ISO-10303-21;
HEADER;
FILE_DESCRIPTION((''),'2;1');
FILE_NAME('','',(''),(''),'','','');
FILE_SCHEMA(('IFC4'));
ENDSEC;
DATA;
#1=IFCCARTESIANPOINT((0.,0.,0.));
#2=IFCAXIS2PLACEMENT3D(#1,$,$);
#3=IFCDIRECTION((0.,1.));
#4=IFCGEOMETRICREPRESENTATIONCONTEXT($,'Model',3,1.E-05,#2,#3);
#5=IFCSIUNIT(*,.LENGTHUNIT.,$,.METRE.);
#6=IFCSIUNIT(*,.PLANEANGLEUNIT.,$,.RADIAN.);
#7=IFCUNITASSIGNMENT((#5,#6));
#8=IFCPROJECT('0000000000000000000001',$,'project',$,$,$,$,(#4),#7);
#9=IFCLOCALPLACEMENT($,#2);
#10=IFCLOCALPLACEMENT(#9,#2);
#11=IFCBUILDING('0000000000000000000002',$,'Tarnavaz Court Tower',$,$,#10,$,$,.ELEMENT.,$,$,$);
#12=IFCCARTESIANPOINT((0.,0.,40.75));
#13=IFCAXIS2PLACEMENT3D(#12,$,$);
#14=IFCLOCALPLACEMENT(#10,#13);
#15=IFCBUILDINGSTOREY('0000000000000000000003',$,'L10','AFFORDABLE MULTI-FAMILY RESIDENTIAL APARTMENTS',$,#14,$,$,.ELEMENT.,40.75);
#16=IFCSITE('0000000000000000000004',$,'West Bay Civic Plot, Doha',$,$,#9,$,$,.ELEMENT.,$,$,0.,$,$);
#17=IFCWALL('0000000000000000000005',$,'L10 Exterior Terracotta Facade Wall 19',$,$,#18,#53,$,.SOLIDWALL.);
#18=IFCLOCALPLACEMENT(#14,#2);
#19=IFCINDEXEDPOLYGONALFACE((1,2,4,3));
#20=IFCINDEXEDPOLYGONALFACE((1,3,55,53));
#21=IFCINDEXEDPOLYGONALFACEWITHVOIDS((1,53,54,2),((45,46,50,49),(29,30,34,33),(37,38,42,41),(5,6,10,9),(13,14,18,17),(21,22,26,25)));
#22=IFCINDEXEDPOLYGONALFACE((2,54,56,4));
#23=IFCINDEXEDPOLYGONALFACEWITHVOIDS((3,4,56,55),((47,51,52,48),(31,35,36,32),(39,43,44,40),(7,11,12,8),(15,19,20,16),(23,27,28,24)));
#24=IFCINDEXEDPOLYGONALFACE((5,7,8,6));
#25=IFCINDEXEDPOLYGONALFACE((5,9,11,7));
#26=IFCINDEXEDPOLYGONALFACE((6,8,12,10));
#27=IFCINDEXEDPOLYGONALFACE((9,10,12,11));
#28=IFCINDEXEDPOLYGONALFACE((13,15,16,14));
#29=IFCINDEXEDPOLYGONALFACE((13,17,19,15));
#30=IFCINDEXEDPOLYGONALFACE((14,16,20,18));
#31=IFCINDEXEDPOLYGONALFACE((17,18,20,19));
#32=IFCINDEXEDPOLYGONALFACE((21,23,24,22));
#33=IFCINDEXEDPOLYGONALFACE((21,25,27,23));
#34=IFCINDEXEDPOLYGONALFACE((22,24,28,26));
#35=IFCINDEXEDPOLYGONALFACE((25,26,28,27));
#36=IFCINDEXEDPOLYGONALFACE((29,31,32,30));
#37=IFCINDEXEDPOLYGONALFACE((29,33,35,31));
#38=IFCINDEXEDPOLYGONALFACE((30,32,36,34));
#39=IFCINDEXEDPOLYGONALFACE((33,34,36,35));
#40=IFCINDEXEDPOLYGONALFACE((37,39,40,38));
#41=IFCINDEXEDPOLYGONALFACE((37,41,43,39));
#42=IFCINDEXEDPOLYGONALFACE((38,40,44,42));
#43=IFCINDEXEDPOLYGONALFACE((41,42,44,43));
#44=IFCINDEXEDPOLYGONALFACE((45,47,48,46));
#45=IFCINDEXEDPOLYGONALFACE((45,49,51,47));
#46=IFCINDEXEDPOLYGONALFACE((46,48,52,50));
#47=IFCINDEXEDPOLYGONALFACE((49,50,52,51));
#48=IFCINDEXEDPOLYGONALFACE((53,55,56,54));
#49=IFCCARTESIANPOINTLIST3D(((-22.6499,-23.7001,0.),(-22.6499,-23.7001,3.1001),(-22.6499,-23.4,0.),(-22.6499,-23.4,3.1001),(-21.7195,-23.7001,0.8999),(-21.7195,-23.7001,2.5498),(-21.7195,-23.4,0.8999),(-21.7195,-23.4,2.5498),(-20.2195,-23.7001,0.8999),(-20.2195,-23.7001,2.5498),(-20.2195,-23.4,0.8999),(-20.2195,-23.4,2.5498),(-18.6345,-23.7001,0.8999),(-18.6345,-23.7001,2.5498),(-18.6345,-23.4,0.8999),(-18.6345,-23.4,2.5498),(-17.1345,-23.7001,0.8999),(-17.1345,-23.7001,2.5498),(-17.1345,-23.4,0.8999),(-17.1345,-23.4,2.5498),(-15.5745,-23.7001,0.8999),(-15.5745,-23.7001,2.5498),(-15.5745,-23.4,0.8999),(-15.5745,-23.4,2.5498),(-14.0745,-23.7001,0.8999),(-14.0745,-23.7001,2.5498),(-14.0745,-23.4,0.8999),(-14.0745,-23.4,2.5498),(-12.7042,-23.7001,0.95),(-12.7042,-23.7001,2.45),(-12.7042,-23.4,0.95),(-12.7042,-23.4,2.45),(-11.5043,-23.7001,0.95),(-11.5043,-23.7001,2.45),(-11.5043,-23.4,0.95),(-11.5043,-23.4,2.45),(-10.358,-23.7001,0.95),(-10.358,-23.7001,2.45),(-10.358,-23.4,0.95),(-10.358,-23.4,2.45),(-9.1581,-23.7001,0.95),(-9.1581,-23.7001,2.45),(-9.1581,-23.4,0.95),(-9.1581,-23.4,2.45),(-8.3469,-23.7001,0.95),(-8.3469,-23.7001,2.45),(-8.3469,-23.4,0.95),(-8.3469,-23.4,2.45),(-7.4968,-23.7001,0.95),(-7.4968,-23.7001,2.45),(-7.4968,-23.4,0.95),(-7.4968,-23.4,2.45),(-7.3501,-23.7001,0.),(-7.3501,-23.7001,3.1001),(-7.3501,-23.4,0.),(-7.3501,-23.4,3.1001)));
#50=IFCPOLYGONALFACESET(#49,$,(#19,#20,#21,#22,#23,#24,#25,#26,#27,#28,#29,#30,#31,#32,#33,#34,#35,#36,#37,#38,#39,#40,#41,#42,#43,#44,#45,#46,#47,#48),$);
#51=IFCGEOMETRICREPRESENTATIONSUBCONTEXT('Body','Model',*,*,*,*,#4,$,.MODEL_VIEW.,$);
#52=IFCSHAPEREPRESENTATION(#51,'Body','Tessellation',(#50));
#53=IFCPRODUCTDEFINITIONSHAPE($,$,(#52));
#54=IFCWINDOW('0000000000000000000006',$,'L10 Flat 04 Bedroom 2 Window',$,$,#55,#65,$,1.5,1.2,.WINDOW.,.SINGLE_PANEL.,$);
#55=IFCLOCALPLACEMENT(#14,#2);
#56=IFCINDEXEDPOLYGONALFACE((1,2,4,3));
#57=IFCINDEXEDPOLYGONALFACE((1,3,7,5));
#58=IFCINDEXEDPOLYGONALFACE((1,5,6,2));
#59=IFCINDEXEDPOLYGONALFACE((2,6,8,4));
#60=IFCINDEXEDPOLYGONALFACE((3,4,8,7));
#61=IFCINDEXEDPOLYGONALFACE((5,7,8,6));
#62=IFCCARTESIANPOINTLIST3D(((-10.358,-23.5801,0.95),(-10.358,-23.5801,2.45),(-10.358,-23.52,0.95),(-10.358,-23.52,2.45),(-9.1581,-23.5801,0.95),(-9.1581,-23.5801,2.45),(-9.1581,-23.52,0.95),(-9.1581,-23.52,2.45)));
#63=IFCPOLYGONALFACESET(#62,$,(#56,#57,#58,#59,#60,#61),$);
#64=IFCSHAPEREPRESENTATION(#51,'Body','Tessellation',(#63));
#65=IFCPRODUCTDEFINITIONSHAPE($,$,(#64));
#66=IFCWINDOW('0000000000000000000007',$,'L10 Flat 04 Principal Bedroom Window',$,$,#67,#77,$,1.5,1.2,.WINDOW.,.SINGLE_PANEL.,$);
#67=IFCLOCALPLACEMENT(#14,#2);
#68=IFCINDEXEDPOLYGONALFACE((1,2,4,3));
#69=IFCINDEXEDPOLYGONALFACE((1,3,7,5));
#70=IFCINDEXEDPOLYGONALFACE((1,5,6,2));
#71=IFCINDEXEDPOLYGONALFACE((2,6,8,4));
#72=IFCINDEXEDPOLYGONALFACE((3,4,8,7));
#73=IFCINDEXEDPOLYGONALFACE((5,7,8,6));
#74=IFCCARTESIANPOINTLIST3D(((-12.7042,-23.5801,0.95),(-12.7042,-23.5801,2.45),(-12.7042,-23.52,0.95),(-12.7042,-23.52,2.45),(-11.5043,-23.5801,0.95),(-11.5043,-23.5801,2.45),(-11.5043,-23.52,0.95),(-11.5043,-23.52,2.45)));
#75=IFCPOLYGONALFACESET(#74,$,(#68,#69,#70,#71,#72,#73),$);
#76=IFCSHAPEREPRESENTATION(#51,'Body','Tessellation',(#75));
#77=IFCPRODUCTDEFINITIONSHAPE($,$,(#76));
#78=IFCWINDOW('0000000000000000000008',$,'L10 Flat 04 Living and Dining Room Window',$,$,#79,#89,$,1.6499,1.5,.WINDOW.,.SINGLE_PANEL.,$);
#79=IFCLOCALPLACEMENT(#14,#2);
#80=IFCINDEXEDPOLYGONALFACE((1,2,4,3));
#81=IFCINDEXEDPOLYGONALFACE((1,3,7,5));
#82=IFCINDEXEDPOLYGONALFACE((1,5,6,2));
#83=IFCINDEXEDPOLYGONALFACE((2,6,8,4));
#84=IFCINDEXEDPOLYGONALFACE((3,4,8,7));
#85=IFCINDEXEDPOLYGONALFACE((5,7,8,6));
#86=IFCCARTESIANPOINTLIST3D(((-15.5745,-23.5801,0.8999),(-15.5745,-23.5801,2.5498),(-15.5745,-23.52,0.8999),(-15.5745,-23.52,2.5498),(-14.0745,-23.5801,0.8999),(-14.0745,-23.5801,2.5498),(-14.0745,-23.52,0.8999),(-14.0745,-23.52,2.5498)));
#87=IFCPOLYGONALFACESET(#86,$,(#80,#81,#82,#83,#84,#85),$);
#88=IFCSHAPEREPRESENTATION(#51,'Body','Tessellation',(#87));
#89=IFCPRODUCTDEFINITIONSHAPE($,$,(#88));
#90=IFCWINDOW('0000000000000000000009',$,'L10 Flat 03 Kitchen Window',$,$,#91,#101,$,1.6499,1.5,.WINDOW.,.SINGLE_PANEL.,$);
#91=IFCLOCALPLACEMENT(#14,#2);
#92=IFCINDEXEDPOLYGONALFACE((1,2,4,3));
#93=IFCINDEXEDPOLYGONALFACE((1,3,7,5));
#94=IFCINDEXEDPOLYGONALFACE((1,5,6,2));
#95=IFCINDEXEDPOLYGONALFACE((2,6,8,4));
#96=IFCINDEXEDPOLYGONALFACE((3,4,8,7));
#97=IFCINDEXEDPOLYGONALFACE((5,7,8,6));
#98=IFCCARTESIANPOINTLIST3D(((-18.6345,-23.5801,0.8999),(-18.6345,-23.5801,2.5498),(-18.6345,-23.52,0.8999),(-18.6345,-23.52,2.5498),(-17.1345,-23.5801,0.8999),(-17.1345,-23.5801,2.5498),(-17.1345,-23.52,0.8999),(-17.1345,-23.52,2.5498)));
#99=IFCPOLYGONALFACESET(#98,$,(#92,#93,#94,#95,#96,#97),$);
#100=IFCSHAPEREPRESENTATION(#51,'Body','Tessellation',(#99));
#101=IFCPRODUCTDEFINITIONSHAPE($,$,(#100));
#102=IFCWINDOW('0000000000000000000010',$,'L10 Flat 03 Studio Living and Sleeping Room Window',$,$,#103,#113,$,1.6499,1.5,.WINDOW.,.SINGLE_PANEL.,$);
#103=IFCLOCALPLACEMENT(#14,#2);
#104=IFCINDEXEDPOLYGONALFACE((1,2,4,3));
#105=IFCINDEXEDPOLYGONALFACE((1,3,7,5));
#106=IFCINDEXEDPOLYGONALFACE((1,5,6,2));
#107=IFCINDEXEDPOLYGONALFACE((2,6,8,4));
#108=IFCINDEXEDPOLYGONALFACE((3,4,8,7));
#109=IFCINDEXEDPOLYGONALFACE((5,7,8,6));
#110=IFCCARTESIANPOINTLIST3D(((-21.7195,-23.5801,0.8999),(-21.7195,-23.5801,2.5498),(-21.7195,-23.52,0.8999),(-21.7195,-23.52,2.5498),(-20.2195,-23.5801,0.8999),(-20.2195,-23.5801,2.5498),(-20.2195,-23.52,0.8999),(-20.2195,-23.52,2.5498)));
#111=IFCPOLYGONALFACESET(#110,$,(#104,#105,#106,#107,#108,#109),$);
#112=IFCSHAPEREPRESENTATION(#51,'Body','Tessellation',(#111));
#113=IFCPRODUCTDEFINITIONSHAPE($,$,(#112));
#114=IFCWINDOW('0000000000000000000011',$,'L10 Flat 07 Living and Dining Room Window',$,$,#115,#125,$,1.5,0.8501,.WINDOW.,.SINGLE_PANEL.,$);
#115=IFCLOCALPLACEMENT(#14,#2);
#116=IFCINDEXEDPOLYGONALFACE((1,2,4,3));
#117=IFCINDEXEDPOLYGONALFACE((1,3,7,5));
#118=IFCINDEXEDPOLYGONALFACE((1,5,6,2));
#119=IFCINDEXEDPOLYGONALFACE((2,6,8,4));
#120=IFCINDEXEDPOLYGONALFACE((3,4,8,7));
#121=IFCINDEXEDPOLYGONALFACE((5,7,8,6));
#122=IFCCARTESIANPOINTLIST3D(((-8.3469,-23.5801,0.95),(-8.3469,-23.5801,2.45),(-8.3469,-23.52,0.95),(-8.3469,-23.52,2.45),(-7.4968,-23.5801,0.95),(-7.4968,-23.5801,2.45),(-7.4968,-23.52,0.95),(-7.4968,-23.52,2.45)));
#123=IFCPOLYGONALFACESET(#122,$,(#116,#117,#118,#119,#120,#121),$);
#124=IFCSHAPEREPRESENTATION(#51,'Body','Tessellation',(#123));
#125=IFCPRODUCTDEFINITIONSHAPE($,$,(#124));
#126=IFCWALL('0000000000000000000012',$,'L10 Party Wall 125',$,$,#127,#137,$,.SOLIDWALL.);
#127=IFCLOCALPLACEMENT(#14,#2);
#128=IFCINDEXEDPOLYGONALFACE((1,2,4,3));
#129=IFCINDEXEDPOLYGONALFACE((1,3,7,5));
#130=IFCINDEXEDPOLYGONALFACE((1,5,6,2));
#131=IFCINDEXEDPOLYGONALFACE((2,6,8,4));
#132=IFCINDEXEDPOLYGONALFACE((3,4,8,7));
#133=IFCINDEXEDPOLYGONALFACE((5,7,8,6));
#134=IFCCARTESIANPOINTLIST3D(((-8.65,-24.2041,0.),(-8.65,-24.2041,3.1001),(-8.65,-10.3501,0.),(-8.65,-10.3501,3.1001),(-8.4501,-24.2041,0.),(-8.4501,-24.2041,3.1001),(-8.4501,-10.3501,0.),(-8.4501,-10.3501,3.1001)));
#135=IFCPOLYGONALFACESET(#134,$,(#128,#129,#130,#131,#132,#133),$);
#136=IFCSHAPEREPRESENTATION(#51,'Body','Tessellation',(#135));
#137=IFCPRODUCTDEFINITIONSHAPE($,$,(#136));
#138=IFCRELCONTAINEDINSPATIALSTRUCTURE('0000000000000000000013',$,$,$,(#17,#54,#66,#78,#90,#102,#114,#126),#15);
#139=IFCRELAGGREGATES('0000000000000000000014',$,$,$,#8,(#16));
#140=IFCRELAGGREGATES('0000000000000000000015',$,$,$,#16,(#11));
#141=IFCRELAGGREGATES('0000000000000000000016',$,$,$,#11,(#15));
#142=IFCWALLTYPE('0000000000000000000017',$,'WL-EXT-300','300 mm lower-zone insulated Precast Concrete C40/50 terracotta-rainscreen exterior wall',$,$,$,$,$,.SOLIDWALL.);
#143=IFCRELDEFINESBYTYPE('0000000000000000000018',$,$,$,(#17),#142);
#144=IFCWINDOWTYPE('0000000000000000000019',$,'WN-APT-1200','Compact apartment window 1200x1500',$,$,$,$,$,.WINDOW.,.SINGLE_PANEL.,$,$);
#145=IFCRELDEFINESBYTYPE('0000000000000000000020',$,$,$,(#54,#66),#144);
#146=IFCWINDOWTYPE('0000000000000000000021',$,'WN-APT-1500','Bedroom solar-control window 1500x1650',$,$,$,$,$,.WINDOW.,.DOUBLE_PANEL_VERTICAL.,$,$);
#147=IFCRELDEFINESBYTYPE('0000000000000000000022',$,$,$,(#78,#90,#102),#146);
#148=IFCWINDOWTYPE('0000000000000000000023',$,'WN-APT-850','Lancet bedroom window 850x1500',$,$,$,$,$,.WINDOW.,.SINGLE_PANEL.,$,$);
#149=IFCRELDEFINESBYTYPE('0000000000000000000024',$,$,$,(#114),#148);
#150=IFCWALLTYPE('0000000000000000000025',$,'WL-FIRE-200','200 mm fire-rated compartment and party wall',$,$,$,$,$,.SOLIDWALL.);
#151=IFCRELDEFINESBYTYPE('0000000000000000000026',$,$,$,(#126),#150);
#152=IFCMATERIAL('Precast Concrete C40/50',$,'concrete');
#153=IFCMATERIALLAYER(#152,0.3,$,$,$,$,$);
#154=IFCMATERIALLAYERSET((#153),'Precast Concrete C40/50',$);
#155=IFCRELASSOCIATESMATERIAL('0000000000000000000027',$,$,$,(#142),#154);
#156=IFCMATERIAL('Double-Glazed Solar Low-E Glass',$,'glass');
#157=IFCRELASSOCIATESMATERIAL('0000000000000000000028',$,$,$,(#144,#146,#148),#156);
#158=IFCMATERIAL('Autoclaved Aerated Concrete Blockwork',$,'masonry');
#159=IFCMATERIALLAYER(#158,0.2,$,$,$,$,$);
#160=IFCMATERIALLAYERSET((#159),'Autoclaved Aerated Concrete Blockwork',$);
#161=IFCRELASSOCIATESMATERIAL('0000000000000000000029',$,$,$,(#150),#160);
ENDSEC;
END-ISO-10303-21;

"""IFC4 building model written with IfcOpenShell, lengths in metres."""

from ifc_helpers import new_model, si_unit, direction, frame, frame_2d, origin, place, context, subcontext, project, spatial, rectangle, extrude, material, layer, layer_set, type_object, element, fill, save


model = new_model("IFC4")

# Units and contexts
model_context = context("Model", 3, precision=1e-05, world=origin(), true_north=direction((0.0, 1.0)))
body_context = subcontext(model_context, "Body", "Model", "MODEL_VIEW")
ifc_project = project(units=[si_unit("LENGTHUNIT", "METRE"), si_unit("PLANEANGLEUNIT", "RADIAN")], contexts=[model_context])

# Site, building, storey
site_placement = place(None, origin())
site = spatial("IfcSite", under=ifc_project, at=site_placement, Name="West Bay Civic Plot, Doha", CompositionType="ELEMENT", RefElevation=0.0)
building_placement = place(site_placement, origin())
building = spatial("IfcBuilding", under=site, at=building_placement, Name="Tarnavaz Court Tower", CompositionType="ELEMENT")
storey_placement = place(building_placement, frame((0.0, 0.0, 40.75)))
storey = spatial("IfcBuildingStorey", under=building, at=storey_placement, Name="L10", Description="AFFORDABLE MULTI-FAMILY RESIDENTIAL APARTMENTS", CompositionType="ELEMENT", Elevation=40.75)

# Wall, openings, windows
ifc_material_1 = material(Name="Precast Concrete C40/50", Category="concrete")
ifc_layer_1 = layer(ifc_material_1, 0.3)
ifc_layer_set_1 = layer_set([ifc_layer_1], Name="Precast Concrete C40/50")
wall_type_1 = type_object("IfcWallType", Name="WL-EXT-300", Description="300 mm lower-zone insulated Precast Concrete C40/50 terracotta-rainscreen exterior wall", PredefinedType="SOLIDWALL", material=ifc_layer_set_1)
wall_1_placement = place(storey_placement, frame((-7.3501, -23.55, 0.0), z_axis=(0.0, 0.0, 1.0), x_axis=(-1.0, 0.0, 0.0)))
wall_1 = element("IfcWall", 1, at=wall_1_placement, inside=storey, type_object=wall_type_1, Name="L10 Exterior Terracotta Facade Wall 19", PredefinedType="SOLIDWALL", context=body_context, shape_type="SweptSolid", body=[
    extrude(rectangle(XDim=15.2998, YDim=0.3, at=frame_2d((7.6499, 0.0))), origin(), (0.0, 0.0, 1.0), 3.1001),
])
opening_1_placement = place(wall_1_placement, frame((0.1467, 0.0, 0.95)))
opening_1 = element("IfcOpeningElement", 2, at=opening_1_placement, cuts=wall_1, PredefinedType="OPENING", context=body_context, shape_type="SweptSolid", body=[
    extrude(rectangle(XDim=0.8501, YDim=1.5, at=frame_2d((0.425, 0.75))), frame((0.0, 0.1599, 0.0), z_axis=(0.0, -1.0, 0.0), x_axis=(1.0, 0.0, 0.0)), (0.0, 0.0, 1.0), 0.3201),
])
opening_2_placement = place(wall_1_placement, frame((1.8079, 0.0, 0.95)))
opening_2 = element("IfcOpeningElement", 3, at=opening_2_placement, cuts=wall_1, PredefinedType="OPENING", context=body_context, shape_type="SweptSolid", body=[
    extrude(rectangle(XDim=1.2, YDim=1.5, at=frame_2d((0.6001, 0.75))), frame((0.0, 0.1599, 0.0), z_axis=(0.0, -1.0, 0.0), x_axis=(1.0, 0.0, 0.0)), (0.0, 0.0, 1.0), 0.3201),
])
opening_3_placement = place(wall_1_placement, frame((4.1541, 0.0, 0.95)))
opening_3 = element("IfcOpeningElement", 4, at=opening_3_placement, cuts=wall_1, PredefinedType="OPENING", context=body_context, shape_type="SweptSolid", body=[
    extrude(rectangle(XDim=1.2, YDim=1.5, at=frame_2d((0.6001, 0.75))), frame((0.0, 0.1599, 0.0), z_axis=(0.0, -1.0, 0.0), x_axis=(1.0, 0.0, 0.0)), (0.0, 0.0, 1.0), 0.3201),
])
opening_4_placement = place(wall_1_placement, frame((6.7244, 0.0, 0.8999)))
opening_4 = element("IfcOpeningElement", 5, at=opening_4_placement, cuts=wall_1, PredefinedType="OPENING", context=body_context, shape_type="SweptSolid", body=[
    extrude(rectangle(XDim=1.5, YDim=1.6499, at=frame_2d((0.75, 0.825))), frame((0.0, 0.1599, 0.0), z_axis=(0.0, -1.0, 0.0), x_axis=(1.0, 0.0, 0.0)), (0.0, 0.0, 1.0), 0.3201),
])
opening_5_placement = place(wall_1_placement, frame((9.7844, 0.0, 0.8999)))
opening_5 = element("IfcOpeningElement", 6, at=opening_5_placement, cuts=wall_1, PredefinedType="OPENING", context=body_context, shape_type="SweptSolid", body=[
    extrude(rectangle(XDim=1.5, YDim=1.6499, at=frame_2d((0.75, 0.825))), frame((0.0, 0.1599, 0.0), z_axis=(0.0, -1.0, 0.0), x_axis=(1.0, 0.0, 0.0)), (0.0, 0.0, 1.0), 0.3201),
])
opening_6_placement = place(wall_1_placement, frame((12.8694, 0.0, 0.8999)))
opening_6 = element("IfcOpeningElement", 7, at=opening_6_placement, cuts=wall_1, PredefinedType="OPENING", context=body_context, shape_type="SweptSolid", body=[
    extrude(rectangle(XDim=1.5, YDim=1.6499, at=frame_2d((0.75, 0.825))), frame((0.0, 0.1599, 0.0), z_axis=(0.0, -1.0, 0.0), x_axis=(1.0, 0.0, 0.0)), (0.0, 0.0, 1.0), 0.3201),
])
ifc_material_2 = material(Name="Double-Glazed Solar Low-E Glass", Category="glass")
window_type_1 = type_object("IfcWindowType", Name="WN-APT-1200", Description="Compact apartment window 1200x1500", PartitioningType="SINGLE_PANEL", PredefinedType="WINDOW", material=ifc_material_2)
window_1_placement = place(opening_2_placement, origin())
window_1 = element("IfcWindow", 8, at=window_1_placement, inside=storey, type_object=window_type_1, Name="L10 Flat 04 Bedroom 2 Window", OverallHeight=1.5, OverallWidth=1.2, PartitioningType="SINGLE_PANEL", PredefinedType="WINDOW", context=body_context, shape_type="SweptSolid", body=[
    extrude(rectangle(XDim=1.2, YDim=1.5, at=frame_2d((0.6001, 0.75))), frame((0.0, 0.03, 0.0), z_axis=(0.0, -1.0, 0.0), x_axis=(1.0, 0.0, 0.0)), (0.0, 0.0, 1.0), 0.0601),
])
fill(opening_2, window_1)
window_2_placement = place(opening_3_placement, origin())
window_2 = element("IfcWindow", 9, at=window_2_placement, inside=storey, type_object=window_type_1, Name="L10 Flat 04 Principal Bedroom Window", OverallHeight=1.5, OverallWidth=1.2, PartitioningType="SINGLE_PANEL", PredefinedType="WINDOW", context=body_context, shape_type="SweptSolid", body=[
    extrude(rectangle(XDim=1.2, YDim=1.5, at=frame_2d((0.6001, 0.75))), frame((0.0, 0.03, 0.0), z_axis=(0.0, -1.0, 0.0), x_axis=(1.0, 0.0, 0.0)), (0.0, 0.0, 1.0), 0.0601),
])
fill(opening_3, window_2)
window_type_2 = type_object("IfcWindowType", Name="WN-APT-1500", Description="Bedroom solar-control window 1500x1650", PartitioningType="DOUBLE_PANEL_VERTICAL", PredefinedType="WINDOW", material=ifc_material_2)
window_3_placement = place(opening_4_placement, origin())
window_3 = element("IfcWindow", 10, at=window_3_placement, inside=storey, type_object=window_type_2, Name="L10 Flat 04 Living and Dining Room Window", OverallHeight=1.6499, OverallWidth=1.5, PartitioningType="SINGLE_PANEL", PredefinedType="WINDOW", context=body_context, shape_type="SweptSolid", body=[
    extrude(rectangle(XDim=1.5, YDim=1.6499, at=frame_2d((0.75, 0.825))), frame((0.0, 0.03, 0.0), z_axis=(0.0, -1.0, 0.0), x_axis=(1.0, 0.0, 0.0)), (0.0, 0.0, 1.0), 0.0601),
])
fill(opening_4, window_3)
window_4_placement = place(opening_5_placement, origin())
window_4 = element("IfcWindow", 11, at=window_4_placement, inside=storey, type_object=window_type_2, Name="L10 Flat 03 Kitchen Window", OverallHeight=1.6499, OverallWidth=1.5, PartitioningType="SINGLE_PANEL", PredefinedType="WINDOW", context=body_context, shape_type="SweptSolid", body=[
    extrude(rectangle(XDim=1.5, YDim=1.6499, at=frame_2d((0.75, 0.825))), frame((0.0, 0.03, 0.0), z_axis=(0.0, -1.0, 0.0), x_axis=(1.0, 0.0, 0.0)), (0.0, 0.0, 1.0), 0.0601),
])
fill(opening_5, window_4)
window_5_placement = place(opening_6_placement, origin())
window_5 = element("IfcWindow", 12, at=window_5_placement, inside=storey, type_object=window_type_2, Name="L10 Flat 03 Studio Living and Sleeping Room Window", OverallHeight=1.6499, OverallWidth=1.5, PartitioningType="SINGLE_PANEL", PredefinedType="WINDOW", context=body_context, shape_type="SweptSolid", body=[
    extrude(rectangle(XDim=1.5, YDim=1.6499, at=frame_2d((0.75, 0.825))), frame((0.0, 0.03, 0.0), z_axis=(0.0, -1.0, 0.0), x_axis=(1.0, 0.0, 0.0)), (0.0, 0.0, 1.0), 0.0601),
])
fill(opening_6, window_5)
window_type_3 = type_object("IfcWindowType", Name="WN-APT-850", Description="Lancet bedroom window 850x1500", PartitioningType="SINGLE_PANEL", PredefinedType="WINDOW", material=ifc_material_2)
window_6_placement = place(opening_1_placement, origin())
window_6 = element("IfcWindow", 13, at=window_6_placement, inside=storey, type_object=window_type_3, Name="L10 Flat 07 Living and Dining Room Window", OverallHeight=1.5, OverallWidth=0.8501, PartitioningType="SINGLE_PANEL", PredefinedType="WINDOW", context=body_context, shape_type="SweptSolid", body=[
    extrude(rectangle(XDim=0.8501, YDim=1.5, at=frame_2d((0.425, 0.75))), frame((0.0, 0.03, 0.0), z_axis=(0.0, -1.0, 0.0), x_axis=(1.0, 0.0, 0.0)), (0.0, 0.0, 1.0), 0.0601),
])
fill(opening_1, window_6)

# Wall
ifc_material_3 = material(Name="Autoclaved Aerated Concrete Blockwork", Category="masonry")
ifc_layer_2 = layer(ifc_material_3, 0.2)
ifc_layer_set_2 = layer_set([ifc_layer_2], Name="Autoclaved Aerated Concrete Blockwork")
wall_type_2 = type_object("IfcWallType", Name="WL-FIRE-200", Description="200 mm fire-rated compartment and party wall", PredefinedType="SOLIDWALL", material=ifc_layer_set_2)
wall_2_placement = place(storey_placement, frame((-8.55, -24.2041, 0.0), z_axis=(0.0, 0.0, 1.0), x_axis=(0.0, 1.0, 0.0)))
element("IfcWall", 14, at=wall_2_placement, inside=storey, type_object=wall_type_2, Name="L10 Party Wall 125", PredefinedType="SOLIDWALL", context=body_context, shape_type="SweptSolid", body=[
    extrude(rectangle(XDim=13.854, YDim=0.2, at=frame_2d((6.927, 0.0))), origin(), (0.0, 0.0, 1.0), 3.1001),
])

save(model, "model.ifc")
